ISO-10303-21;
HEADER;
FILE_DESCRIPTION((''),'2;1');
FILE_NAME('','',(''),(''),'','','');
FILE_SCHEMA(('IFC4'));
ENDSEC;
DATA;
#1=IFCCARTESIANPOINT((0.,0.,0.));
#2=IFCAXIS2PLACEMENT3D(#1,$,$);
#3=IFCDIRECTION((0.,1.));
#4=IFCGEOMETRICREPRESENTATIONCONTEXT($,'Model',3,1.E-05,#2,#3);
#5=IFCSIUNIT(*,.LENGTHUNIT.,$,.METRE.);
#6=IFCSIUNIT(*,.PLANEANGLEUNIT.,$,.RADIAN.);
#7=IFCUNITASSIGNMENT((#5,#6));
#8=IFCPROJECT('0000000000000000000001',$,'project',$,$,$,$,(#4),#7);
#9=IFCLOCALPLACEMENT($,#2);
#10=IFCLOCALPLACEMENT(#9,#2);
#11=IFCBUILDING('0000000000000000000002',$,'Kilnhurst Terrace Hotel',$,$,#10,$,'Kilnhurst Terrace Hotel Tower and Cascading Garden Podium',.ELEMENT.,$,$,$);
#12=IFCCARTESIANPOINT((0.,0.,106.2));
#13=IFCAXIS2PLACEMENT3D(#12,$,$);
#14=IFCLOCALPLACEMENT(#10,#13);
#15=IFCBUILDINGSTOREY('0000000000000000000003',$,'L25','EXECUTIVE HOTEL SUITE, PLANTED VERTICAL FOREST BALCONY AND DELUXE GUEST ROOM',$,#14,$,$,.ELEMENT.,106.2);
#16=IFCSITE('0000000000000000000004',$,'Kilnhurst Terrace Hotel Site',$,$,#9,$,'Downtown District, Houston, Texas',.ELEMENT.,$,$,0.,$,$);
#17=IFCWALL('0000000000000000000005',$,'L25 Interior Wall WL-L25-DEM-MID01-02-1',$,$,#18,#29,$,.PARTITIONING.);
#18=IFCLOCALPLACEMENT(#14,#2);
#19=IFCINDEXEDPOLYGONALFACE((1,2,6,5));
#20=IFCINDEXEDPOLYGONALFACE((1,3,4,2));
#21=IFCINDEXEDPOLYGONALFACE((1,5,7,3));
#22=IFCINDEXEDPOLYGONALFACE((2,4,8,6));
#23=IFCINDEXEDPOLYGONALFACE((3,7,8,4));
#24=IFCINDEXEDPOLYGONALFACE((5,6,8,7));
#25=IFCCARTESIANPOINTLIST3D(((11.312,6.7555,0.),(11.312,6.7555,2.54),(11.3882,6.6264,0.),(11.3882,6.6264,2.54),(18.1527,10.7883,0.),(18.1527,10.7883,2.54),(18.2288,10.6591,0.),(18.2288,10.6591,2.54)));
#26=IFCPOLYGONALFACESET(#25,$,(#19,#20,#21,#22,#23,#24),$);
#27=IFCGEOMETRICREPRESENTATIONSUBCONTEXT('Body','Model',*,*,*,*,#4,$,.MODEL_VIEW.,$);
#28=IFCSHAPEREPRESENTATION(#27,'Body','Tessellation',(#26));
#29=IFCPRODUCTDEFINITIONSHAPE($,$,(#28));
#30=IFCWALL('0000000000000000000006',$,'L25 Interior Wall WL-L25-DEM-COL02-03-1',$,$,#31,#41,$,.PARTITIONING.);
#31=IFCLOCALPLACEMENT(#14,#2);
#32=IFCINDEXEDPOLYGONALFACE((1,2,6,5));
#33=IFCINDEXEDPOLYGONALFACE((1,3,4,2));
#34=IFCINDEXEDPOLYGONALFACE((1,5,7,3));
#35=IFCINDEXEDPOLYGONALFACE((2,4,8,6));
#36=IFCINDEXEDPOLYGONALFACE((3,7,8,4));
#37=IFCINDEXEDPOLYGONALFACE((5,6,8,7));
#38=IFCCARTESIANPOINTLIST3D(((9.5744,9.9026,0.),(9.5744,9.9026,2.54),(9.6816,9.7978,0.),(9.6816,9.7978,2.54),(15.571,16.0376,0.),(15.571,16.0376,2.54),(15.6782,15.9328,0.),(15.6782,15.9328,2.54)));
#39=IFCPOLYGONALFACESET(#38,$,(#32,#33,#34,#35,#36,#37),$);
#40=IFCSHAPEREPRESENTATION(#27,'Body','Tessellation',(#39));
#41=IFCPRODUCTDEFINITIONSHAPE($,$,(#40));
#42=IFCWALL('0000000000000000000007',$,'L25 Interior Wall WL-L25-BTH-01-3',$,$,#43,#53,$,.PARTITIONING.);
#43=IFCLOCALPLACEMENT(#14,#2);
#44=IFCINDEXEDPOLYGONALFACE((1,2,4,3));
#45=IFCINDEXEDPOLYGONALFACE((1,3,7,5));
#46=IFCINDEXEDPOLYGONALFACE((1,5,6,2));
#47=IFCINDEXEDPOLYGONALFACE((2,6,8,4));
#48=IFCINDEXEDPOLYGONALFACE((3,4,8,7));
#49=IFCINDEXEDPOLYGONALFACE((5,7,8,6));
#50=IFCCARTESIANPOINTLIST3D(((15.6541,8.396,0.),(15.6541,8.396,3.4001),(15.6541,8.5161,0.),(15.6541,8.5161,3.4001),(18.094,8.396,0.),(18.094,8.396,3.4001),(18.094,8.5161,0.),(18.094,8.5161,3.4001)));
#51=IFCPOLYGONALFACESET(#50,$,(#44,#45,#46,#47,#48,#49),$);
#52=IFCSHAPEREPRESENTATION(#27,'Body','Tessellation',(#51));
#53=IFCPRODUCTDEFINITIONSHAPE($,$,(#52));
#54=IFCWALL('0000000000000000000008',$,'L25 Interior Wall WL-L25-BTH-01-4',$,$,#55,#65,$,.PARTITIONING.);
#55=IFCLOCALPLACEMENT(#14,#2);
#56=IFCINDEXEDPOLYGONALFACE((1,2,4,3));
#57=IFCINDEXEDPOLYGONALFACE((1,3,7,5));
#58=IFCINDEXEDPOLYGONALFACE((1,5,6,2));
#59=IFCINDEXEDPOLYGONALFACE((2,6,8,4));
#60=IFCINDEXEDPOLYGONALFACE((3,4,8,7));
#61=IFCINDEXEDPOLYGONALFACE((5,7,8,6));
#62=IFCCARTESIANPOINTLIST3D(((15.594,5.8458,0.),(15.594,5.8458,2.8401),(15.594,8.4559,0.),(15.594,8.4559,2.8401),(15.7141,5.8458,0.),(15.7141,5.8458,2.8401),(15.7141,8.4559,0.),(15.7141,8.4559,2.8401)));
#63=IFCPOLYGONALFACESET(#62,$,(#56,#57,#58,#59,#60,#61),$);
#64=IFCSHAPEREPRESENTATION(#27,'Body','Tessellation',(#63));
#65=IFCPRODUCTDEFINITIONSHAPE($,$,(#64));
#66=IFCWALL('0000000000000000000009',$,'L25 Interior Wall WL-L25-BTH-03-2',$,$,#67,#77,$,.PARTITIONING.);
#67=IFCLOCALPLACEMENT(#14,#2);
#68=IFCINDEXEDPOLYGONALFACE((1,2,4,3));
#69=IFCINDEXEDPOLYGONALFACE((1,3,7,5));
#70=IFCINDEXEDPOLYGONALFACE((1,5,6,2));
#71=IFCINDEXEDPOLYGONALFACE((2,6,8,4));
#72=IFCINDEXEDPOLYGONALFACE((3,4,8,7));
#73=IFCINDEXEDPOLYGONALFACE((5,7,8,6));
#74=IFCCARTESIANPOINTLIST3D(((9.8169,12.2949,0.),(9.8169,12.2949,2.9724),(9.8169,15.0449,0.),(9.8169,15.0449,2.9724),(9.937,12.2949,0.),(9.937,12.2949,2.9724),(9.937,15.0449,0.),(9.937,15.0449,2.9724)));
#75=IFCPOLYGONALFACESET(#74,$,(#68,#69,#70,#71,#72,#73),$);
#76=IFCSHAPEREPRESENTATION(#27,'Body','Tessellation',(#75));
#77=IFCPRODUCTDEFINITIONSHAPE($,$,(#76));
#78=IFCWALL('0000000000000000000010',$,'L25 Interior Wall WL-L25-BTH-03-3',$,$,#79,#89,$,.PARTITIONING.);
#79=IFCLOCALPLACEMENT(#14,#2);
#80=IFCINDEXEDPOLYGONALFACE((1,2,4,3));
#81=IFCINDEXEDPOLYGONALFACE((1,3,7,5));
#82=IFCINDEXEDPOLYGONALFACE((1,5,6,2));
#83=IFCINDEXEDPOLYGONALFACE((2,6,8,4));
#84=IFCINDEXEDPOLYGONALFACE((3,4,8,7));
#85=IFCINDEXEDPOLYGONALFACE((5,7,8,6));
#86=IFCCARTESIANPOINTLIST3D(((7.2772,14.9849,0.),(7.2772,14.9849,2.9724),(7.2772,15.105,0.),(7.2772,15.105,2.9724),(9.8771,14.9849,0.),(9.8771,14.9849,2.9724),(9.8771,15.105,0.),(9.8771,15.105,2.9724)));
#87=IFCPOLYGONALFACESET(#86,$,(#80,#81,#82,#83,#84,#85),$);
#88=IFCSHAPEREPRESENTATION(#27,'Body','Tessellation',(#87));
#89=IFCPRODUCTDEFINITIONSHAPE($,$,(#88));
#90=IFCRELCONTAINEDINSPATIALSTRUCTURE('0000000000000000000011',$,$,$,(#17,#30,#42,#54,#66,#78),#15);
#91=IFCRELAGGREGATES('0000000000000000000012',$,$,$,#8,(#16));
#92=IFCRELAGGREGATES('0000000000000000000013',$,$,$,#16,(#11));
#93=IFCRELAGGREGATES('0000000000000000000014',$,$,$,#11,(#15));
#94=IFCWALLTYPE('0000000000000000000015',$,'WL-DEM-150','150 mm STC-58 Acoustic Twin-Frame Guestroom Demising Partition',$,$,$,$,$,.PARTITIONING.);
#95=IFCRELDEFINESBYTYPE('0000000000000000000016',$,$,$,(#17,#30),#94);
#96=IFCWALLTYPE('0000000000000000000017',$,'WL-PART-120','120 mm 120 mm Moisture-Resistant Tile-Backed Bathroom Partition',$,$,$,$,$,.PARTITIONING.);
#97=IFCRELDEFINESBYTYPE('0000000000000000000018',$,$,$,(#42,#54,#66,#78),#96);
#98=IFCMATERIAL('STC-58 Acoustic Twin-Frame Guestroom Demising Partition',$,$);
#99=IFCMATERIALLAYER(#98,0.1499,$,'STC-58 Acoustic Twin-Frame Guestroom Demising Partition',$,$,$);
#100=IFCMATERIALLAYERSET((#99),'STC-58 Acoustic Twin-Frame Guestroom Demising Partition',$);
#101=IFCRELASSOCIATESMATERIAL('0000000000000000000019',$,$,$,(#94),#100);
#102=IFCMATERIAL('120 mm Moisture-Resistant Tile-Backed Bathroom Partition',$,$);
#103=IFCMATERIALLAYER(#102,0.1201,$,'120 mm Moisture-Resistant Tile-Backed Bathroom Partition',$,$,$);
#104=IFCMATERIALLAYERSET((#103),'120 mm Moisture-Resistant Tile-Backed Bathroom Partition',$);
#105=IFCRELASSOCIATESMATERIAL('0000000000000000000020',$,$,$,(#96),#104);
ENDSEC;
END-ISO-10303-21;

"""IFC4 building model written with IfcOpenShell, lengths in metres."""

from ifc_helpers import new_model, si_unit, direction, frame, frame_2d, origin, place, context, subcontext, project, spatial, rectangle, extrude, material, layer, layer_set, type_object, element, save


model = new_model("IFC4")

# Units and contexts
model_context = context("Model", 3, precision=1e-05, world=origin(), true_north=direction((0.0, 1.0)))
body_context = subcontext(model_context, "Body", "Model", "MODEL_VIEW")
ifc_project = project(units=[si_unit("LENGTHUNIT", "METRE"), si_unit("PLANEANGLEUNIT", "RADIAN")], contexts=[model_context])

# Site, building, storey
site_placement = place(None, origin())
site = spatial("IfcSite", under=ifc_project, at=site_placement, Name="Kilnhurst Terrace Hotel Site", LongName="Downtown District, Houston, Texas", CompositionType="ELEMENT", RefElevation=0.0)
building_placement = place(site_placement, origin())
building = spatial("IfcBuilding", under=site, at=building_placement, Name="Kilnhurst Terrace Hotel", LongName="Kilnhurst Terrace Hotel Tower and Cascading Garden Podium", CompositionType="ELEMENT")
storey_placement = place(building_placement, frame((0.0, 0.0, 106.2)))
storey = spatial("IfcBuildingStorey", under=building, at=storey_placement, Name="L25", Description="EXECUTIVE HOTEL SUITE, PLANTED VERTICAL FOREST BALCONY AND DELUXE GUEST ROOM", CompositionType="ELEMENT", Elevation=106.2)

# Walls
ifc_material_1 = material(Name="STC-58 Acoustic Twin-Frame Guestroom Demising Partition")
ifc_layer_1 = layer(ifc_material_1, 0.1499, Name="STC-58 Acoustic Twin-Frame Guestroom Demising Partition")
ifc_layer_set_1 = layer_set([ifc_layer_1], Name="STC-58 Acoustic Twin-Frame Guestroom Demising Partition")
wall_type_1 = type_object("IfcWallType", Name="WL-DEM-150", Description="150 mm STC-58 Acoustic Twin-Frame Guestroom Demising Partition", PredefinedType="PARTITIONING", material=ifc_layer_set_1)
wall_1_placement = place(storey_placement, frame((11.3501, 6.6909, 0.0), z_axis=(0.0, 0.0, 1.0), x_axis=(0.861447, 0.507848, 0.0)))
element("IfcWall", 1, at=wall_1_placement, inside=storey, type_object=wall_type_1, Name="L25 Interior Wall WL-L25-DEM-MID01-02-1", PredefinedType="PARTITIONING", context=body_context, shape_type="SweptSolid", body=[
    extrude(rectangle(XDim=7.9409, YDim=0.1499, at=frame_2d((3.9705, 0.0))), origin(), (0.0, 0.0, 1.0), 2.54),
])
wall_2_placement = place(storey_placement, frame((9.6279, 9.8501, 0.0), z_axis=(0.0, 0.0, 1.0), x_axis=(0.698993, 0.715129, 0.0)))
element("IfcWall", 2, at=wall_2_placement, inside=storey, type_object=wall_type_1, Name="L25 Interior Wall WL-L25-DEM-COL02-03-1", PredefinedType="PARTITIONING", context=body_context, shape_type="SweptSolid", body=[
    extrude(rectangle(XDim=8.5789, YDim=0.1499, at=frame_2d((4.2896, 0.0))), origin(), (0.0, 0.0, 1.0), 2.54),
])
ifc_material_2 = material(Name="120 mm Moisture-Resistant Tile-Backed Bathroom Partition")
ifc_layer_2 = layer(ifc_material_2, 0.1201, Name="120 mm Moisture-Resistant Tile-Backed Bathroom Partition")
ifc_layer_set_2 = layer_set([ifc_layer_2], Name="120 mm Moisture-Resistant Tile-Backed Bathroom Partition")
wall_type_2 = type_object("IfcWallType", Name="WL-PART-120", Description="120 mm 120 mm Moisture-Resistant Tile-Backed Bathroom Partition", PredefinedType="PARTITIONING", material=ifc_layer_set_2)
wall_3_placement = place(storey_placement, frame((18.094, 8.4561, 0.0), z_axis=(0.0, 0.0, 1.0), x_axis=(-1.0, 0.0, 0.0)))
element("IfcWall", 3, at=wall_3_placement, inside=storey, type_object=wall_type_2, Name="L25 Interior Wall WL-L25-BTH-01-3", PredefinedType="PARTITIONING", context=body_context, shape_type="SweptSolid", body=[
    extrude(rectangle(XDim=2.4399, YDim=0.1201, at=frame_2d((1.22, 0.0))), origin(), (0.0, 0.0, 1.0), 3.4001),
])
wall_4_placement = place(storey_placement, frame((15.6541, 8.4561, 0.0), z_axis=(0.0, 0.0, 1.0), x_axis=(0.0, -1.0, 0.0)))
element("IfcWall", 4, at=wall_4_placement, inside=storey, type_object=wall_type_2, Name="L25 Interior Wall WL-L25-BTH-01-4", PredefinedType="PARTITIONING", context=body_context, shape_type="SweptSolid", body=[
    extrude(rectangle(XDim=2.6101, YDim=0.1201, at=frame_2d((1.3052, 0.0))), origin(), (0.0, 0.0, 1.0), 2.8401),
])
wall_5_placement = place(storey_placement, frame((9.877, 12.2949, 0.0), z_axis=(0.0, 0.0, 1.0), x_axis=(0.0, 1.0, 0.0)))
element("IfcWall", 5, at=wall_5_placement, inside=storey, type_object=wall_type_2, Name="L25 Interior Wall WL-L25-BTH-03-2", PredefinedType="PARTITIONING", context=body_context, shape_type="SweptSolid", body=[
    extrude(rectangle(XDim=2.75, YDim=0.1201, at=frame_2d((1.375, 0.0))), origin(), (0.0, 0.0, 1.0), 2.9724),
])
wall_6_placement = place(storey_placement, frame((9.877, 15.0449, 0.0), z_axis=(0.0, 0.0, 1.0), x_axis=(-1.0, 0.0, 0.0)))
element("IfcWall", 6, at=wall_6_placement, inside=storey, type_object=wall_type_2, Name="L25 Interior Wall WL-L25-BTH-03-3", PredefinedType="PARTITIONING", context=body_context, shape_type="SweptSolid", body=[
    extrude(rectangle(XDim=2.5999, YDim=0.1201, at=frame_2d((1.2998, 0.0))), origin(), (0.0, 0.0, 1.0), 2.9724),
])

save(model, "model.ifc")
